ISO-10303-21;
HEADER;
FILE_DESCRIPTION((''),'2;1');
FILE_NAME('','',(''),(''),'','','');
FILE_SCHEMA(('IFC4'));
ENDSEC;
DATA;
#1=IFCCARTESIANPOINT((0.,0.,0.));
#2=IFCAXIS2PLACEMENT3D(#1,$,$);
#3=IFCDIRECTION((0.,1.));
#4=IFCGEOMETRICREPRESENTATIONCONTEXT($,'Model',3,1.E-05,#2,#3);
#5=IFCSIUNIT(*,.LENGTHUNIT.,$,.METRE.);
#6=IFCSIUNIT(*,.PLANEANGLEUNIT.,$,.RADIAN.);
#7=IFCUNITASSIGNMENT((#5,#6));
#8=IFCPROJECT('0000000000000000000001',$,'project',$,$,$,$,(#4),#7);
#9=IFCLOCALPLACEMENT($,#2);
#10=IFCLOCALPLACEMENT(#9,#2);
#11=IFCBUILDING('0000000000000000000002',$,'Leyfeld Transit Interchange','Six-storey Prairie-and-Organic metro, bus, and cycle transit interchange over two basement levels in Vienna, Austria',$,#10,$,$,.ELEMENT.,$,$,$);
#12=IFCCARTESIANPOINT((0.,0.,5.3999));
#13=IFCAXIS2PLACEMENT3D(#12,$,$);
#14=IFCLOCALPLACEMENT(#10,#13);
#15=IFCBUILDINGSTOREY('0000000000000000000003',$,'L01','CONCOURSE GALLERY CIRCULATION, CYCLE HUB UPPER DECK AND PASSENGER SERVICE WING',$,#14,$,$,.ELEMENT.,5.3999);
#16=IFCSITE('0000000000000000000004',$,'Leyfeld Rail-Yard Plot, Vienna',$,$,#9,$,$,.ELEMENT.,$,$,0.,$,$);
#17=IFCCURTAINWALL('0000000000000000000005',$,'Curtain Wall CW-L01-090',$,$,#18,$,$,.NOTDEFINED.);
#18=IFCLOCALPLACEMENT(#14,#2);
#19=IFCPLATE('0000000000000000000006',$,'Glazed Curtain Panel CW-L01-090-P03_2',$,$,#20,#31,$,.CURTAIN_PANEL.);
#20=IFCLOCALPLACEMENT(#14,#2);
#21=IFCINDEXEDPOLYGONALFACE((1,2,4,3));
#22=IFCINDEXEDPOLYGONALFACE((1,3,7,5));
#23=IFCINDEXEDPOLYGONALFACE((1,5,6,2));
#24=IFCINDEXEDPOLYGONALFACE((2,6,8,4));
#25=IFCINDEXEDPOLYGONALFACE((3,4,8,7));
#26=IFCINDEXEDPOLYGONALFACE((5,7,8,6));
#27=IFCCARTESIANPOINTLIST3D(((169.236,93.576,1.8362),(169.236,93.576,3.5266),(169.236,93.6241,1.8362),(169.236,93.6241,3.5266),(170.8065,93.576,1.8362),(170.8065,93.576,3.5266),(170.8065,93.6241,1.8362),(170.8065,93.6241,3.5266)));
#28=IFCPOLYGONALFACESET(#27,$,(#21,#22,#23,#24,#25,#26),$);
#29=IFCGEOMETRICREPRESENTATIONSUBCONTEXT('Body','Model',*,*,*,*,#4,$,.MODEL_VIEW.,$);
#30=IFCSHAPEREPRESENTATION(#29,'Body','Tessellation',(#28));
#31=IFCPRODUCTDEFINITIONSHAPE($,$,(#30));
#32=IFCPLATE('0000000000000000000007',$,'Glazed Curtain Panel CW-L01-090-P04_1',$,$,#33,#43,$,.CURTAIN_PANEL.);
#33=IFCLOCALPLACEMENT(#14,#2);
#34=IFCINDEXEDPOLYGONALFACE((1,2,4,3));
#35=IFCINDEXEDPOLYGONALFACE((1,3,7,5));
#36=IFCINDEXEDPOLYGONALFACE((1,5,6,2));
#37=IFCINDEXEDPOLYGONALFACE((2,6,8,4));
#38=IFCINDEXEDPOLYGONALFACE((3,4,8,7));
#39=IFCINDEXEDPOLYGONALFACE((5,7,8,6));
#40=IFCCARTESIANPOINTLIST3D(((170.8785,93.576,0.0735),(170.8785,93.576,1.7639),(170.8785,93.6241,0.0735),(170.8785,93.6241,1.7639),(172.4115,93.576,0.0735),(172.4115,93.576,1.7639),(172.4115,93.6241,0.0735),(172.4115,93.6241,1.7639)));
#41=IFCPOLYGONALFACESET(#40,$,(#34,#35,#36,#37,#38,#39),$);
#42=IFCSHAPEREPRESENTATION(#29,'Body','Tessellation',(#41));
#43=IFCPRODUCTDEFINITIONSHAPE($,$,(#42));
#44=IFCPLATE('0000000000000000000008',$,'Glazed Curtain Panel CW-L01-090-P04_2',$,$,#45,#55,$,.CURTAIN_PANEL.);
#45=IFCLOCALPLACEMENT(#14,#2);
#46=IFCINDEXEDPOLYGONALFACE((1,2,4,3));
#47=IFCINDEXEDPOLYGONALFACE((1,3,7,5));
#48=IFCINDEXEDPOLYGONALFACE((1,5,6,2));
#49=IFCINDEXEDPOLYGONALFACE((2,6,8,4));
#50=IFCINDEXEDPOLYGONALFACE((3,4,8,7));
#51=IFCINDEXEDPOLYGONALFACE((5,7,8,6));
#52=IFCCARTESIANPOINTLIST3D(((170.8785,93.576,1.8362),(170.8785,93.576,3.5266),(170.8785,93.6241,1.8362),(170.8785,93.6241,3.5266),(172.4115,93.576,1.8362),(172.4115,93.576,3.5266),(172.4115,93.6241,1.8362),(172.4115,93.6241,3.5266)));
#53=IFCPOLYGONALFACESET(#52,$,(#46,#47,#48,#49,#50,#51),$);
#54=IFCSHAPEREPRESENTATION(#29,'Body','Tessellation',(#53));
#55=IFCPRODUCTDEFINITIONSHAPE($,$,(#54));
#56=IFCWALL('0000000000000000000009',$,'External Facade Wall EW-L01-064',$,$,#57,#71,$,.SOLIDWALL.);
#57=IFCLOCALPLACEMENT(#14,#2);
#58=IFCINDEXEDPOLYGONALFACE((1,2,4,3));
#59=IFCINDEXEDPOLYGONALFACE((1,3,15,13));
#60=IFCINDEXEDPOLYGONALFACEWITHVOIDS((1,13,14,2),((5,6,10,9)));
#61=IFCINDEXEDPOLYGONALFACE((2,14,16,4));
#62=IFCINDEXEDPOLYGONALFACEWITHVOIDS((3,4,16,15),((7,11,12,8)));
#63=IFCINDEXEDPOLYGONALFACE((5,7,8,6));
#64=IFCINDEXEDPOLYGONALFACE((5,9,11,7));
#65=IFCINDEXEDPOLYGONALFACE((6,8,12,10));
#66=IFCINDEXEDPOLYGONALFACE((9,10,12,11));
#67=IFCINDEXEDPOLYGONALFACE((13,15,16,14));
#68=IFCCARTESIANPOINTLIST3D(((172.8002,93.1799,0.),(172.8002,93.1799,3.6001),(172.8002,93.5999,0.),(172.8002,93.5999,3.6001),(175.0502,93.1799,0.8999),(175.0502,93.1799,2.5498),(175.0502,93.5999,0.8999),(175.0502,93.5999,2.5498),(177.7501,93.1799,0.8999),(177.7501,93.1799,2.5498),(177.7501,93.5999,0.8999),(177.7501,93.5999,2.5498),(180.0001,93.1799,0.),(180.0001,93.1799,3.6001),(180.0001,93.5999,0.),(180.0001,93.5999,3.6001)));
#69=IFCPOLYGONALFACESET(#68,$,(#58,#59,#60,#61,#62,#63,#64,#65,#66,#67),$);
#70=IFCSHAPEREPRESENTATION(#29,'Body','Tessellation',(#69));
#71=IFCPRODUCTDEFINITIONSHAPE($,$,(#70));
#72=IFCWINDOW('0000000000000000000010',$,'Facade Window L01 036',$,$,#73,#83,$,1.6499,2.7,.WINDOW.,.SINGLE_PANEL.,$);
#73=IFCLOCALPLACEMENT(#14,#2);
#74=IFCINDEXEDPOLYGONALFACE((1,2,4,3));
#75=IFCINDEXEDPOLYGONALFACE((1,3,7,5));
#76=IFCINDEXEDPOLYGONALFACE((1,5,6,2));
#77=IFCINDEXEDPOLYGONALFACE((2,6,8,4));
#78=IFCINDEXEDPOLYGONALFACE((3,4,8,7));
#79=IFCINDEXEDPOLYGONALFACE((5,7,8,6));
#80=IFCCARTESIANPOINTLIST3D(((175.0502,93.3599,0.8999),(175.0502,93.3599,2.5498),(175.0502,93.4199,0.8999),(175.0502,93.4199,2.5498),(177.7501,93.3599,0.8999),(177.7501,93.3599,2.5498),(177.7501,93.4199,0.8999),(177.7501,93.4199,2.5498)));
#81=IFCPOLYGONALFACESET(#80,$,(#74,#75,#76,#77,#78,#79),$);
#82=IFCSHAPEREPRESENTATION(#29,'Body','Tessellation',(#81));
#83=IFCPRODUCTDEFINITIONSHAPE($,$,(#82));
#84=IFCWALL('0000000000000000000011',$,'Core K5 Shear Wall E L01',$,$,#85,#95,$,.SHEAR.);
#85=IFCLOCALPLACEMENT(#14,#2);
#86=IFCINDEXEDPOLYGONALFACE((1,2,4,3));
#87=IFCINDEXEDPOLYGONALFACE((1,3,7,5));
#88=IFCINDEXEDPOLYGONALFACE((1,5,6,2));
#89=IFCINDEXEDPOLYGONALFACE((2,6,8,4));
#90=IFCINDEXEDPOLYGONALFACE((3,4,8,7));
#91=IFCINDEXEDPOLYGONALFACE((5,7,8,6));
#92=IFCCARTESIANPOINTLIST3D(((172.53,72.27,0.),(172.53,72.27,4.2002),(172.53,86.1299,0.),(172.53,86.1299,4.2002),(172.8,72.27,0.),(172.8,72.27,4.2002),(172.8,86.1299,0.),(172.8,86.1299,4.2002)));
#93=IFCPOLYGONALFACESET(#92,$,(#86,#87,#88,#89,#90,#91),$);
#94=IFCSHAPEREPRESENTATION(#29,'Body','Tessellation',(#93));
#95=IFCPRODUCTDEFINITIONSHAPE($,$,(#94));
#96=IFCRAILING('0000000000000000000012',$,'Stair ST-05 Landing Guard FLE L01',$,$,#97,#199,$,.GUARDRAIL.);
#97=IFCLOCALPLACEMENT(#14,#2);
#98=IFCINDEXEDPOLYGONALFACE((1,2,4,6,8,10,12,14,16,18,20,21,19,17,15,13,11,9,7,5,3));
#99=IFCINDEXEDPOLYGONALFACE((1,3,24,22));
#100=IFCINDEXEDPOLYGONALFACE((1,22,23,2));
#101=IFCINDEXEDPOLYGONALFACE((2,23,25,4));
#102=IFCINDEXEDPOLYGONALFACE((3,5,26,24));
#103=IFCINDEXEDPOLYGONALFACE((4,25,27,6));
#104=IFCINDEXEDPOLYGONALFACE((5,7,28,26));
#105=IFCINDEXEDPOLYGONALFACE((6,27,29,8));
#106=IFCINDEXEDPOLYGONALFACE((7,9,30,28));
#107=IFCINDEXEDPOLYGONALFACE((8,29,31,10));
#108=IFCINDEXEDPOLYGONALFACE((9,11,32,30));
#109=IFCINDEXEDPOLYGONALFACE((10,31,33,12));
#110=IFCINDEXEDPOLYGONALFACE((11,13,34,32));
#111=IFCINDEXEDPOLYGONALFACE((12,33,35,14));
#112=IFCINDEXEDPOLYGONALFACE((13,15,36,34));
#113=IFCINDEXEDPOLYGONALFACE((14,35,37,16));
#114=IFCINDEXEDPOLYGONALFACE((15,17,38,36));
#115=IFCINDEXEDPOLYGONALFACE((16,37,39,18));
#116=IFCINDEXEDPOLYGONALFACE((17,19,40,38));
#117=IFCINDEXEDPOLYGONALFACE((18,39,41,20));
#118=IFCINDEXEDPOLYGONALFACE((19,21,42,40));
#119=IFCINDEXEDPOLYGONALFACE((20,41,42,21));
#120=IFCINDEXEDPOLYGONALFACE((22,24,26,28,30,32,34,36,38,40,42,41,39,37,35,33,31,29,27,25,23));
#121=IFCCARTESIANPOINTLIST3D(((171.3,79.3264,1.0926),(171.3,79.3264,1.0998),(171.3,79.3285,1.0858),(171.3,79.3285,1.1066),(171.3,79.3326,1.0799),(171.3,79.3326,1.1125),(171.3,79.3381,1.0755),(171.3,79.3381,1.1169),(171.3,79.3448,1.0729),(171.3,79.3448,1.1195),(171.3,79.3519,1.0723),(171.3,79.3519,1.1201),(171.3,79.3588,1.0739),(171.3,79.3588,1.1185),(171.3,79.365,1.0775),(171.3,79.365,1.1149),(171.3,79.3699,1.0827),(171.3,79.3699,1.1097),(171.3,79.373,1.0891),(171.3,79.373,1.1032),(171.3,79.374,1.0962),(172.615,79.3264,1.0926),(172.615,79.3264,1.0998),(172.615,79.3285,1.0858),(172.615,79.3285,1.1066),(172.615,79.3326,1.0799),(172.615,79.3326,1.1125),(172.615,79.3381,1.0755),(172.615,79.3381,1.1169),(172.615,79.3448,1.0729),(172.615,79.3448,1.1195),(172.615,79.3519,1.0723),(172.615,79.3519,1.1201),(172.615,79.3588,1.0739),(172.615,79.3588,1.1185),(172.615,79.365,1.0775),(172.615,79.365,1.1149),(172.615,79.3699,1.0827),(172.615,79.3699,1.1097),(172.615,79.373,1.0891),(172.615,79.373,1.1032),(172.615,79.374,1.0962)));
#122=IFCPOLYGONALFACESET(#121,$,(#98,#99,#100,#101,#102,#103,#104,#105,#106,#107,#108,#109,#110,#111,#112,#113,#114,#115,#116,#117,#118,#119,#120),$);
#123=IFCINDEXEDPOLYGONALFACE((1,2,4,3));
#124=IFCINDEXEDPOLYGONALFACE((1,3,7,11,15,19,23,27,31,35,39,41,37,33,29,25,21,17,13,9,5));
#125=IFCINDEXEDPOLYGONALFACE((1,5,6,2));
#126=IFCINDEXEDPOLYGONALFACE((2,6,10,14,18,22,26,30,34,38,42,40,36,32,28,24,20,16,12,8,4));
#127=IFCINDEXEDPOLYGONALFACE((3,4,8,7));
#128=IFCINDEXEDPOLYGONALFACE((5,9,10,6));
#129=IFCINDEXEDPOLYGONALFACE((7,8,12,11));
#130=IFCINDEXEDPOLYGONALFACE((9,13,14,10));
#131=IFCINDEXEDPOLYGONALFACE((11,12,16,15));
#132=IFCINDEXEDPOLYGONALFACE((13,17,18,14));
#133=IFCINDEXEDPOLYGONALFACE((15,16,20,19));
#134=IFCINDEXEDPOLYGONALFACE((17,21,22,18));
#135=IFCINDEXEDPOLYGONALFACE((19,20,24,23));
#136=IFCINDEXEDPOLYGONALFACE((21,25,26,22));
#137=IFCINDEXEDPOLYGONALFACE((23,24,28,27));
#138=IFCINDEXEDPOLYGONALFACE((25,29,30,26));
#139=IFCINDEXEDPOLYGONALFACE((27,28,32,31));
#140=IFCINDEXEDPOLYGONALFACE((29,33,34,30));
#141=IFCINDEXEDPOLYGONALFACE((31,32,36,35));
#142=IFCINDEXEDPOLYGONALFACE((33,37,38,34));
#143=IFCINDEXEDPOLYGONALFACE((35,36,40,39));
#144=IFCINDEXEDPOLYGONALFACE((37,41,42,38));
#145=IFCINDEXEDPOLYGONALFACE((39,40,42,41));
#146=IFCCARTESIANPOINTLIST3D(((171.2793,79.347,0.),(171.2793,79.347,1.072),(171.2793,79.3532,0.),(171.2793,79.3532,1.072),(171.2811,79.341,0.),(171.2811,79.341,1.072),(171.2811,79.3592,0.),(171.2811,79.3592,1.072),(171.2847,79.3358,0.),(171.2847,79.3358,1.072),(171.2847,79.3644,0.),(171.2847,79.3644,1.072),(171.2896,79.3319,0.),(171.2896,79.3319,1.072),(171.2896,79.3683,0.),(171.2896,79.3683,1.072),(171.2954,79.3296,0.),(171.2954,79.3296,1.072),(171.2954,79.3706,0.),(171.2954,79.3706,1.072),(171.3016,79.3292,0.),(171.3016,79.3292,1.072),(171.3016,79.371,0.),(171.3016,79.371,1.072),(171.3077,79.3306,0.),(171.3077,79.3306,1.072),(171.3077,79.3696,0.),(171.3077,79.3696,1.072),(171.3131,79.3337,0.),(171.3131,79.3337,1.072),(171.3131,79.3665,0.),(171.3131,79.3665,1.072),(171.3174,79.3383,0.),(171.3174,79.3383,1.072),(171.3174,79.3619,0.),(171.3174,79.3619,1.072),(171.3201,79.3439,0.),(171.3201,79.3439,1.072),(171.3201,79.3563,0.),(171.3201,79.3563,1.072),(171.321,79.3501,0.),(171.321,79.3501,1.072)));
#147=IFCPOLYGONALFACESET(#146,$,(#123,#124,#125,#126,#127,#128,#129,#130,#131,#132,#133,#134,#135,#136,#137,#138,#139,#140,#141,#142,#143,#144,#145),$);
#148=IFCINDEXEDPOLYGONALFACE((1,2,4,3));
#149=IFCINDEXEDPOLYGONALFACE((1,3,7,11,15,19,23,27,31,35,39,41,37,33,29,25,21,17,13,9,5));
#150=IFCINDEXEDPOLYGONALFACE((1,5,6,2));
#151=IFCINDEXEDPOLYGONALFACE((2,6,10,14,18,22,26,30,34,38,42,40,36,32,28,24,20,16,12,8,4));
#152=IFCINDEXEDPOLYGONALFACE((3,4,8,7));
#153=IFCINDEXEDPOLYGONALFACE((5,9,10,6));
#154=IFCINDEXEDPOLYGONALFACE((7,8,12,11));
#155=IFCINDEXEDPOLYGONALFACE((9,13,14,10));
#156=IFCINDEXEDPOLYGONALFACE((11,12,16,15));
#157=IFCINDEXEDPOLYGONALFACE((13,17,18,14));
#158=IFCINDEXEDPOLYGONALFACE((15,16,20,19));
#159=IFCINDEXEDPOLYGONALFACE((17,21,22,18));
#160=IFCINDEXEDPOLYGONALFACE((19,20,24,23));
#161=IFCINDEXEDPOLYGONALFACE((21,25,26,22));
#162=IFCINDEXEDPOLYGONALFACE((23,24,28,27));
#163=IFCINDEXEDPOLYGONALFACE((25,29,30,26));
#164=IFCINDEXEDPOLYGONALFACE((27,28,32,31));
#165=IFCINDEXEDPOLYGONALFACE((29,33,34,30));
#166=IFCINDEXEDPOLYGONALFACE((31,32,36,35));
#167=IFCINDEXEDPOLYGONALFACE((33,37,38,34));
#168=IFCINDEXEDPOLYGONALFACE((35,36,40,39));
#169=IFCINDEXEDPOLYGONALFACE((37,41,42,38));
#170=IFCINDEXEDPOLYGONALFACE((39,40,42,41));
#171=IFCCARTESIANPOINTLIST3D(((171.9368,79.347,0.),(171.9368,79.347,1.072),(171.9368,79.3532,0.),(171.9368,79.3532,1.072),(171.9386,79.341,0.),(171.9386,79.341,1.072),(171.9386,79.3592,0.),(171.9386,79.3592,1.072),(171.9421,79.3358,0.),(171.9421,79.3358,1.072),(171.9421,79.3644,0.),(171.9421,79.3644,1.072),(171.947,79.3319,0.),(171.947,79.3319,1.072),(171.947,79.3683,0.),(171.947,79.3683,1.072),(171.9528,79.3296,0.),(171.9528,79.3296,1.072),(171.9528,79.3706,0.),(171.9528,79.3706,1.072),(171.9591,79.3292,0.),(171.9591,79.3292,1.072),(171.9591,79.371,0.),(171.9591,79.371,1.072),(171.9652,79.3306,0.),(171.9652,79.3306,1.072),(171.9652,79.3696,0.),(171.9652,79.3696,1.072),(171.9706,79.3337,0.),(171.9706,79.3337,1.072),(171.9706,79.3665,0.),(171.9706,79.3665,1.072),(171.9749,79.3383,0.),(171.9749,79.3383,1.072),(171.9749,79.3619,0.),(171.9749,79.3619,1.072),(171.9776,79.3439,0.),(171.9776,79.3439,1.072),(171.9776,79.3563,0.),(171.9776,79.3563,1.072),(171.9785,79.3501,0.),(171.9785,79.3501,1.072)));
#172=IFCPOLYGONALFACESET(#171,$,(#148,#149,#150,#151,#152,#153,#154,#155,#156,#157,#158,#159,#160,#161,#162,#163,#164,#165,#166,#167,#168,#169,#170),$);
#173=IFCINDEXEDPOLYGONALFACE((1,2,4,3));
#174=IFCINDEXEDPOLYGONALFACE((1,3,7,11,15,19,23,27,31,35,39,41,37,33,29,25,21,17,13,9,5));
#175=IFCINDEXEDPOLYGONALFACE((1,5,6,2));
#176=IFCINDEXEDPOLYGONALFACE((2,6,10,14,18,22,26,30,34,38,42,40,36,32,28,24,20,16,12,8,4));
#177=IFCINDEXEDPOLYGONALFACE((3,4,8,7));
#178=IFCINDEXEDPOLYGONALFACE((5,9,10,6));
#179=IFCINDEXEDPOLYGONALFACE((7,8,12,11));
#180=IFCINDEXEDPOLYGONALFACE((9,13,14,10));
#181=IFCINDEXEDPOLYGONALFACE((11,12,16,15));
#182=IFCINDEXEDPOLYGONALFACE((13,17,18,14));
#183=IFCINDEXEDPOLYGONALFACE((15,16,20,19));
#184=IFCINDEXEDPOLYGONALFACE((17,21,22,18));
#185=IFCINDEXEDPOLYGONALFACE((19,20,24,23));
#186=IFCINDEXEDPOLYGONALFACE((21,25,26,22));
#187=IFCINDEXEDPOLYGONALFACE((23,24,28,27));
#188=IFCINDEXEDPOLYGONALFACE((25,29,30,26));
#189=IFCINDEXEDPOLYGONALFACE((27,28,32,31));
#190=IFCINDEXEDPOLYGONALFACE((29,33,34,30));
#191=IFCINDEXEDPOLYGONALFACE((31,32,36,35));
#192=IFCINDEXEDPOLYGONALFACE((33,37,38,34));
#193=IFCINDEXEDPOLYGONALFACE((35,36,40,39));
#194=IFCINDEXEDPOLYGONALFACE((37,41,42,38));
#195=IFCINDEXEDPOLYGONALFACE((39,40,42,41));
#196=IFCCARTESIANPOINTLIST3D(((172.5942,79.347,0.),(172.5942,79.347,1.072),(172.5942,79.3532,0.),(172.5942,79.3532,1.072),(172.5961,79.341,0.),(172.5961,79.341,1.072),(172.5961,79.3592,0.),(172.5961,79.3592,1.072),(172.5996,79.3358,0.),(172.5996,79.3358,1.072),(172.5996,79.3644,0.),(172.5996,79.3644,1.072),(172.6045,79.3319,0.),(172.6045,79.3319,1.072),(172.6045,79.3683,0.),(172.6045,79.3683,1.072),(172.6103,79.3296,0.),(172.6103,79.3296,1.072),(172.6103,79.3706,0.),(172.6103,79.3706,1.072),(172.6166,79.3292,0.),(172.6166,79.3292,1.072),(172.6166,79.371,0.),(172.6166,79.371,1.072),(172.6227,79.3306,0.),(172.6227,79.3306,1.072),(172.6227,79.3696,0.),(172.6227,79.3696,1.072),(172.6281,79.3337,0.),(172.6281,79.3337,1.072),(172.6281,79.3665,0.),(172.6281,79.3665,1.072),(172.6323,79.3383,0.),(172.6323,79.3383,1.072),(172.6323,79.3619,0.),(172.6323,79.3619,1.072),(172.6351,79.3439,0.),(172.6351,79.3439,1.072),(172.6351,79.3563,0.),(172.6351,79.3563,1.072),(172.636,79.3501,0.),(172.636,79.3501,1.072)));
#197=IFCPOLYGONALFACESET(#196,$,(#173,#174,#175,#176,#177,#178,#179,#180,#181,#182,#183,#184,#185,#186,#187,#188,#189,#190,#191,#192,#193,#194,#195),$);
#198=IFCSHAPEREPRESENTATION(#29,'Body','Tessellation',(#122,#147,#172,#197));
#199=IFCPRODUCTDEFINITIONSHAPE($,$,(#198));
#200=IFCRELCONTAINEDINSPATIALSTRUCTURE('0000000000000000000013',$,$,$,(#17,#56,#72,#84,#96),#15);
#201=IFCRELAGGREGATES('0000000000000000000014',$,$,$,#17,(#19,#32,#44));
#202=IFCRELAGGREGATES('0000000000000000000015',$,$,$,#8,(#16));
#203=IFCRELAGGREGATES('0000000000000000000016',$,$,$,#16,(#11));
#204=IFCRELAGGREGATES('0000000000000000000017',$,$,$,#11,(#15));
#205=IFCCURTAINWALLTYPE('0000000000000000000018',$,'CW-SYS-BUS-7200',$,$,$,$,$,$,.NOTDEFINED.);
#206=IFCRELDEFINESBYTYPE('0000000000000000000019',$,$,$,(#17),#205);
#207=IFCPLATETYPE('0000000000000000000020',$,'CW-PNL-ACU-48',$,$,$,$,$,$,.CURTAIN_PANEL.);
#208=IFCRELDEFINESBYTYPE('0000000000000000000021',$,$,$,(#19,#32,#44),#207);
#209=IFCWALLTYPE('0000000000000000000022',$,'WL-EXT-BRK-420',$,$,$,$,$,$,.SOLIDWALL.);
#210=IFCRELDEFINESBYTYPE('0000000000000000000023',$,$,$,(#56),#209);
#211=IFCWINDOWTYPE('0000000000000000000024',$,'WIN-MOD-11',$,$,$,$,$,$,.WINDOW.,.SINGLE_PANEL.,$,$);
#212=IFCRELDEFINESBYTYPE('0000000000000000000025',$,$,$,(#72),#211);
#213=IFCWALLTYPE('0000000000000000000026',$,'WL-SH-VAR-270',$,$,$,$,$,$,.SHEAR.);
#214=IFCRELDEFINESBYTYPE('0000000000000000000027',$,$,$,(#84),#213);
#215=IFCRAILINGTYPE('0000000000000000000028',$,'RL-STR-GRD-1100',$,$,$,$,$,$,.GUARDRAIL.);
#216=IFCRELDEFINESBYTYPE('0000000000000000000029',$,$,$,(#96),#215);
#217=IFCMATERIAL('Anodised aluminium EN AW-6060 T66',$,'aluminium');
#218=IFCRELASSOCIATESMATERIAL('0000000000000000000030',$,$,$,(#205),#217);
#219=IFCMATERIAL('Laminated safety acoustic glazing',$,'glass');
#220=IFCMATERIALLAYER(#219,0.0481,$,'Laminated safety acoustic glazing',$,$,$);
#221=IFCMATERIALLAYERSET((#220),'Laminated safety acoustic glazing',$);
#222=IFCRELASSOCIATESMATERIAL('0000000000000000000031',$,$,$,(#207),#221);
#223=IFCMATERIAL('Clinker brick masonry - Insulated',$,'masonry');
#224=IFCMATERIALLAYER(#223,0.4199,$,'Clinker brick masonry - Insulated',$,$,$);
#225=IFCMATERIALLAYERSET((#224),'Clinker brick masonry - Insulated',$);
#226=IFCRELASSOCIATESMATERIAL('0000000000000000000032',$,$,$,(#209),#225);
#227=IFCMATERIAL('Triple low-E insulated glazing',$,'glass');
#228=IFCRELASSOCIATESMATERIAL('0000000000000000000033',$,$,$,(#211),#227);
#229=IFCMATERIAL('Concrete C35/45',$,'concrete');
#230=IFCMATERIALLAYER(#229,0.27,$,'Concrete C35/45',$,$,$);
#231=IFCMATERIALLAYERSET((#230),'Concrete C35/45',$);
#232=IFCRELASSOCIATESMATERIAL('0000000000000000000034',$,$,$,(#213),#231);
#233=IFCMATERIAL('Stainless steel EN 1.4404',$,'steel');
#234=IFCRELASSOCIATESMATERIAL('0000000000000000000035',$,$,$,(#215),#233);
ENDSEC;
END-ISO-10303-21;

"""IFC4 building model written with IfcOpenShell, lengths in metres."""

from ifc_helpers import new_model, si_unit, direction, frame, frame_2d, origin, origin_2d, place, context, subcontext, project, spatial, rectangle, circle, extrude, material, layer, layer_set, type_object, element, fill, aggregate, save


model = new_model("IFC4")

# Units and contexts
model_context = context("Model", 3, precision=1e-05, world=origin(), true_north=direction((0.0, 1.0)))
body_context = subcontext(model_context, "Body", "Model", "MODEL_VIEW")
ifc_project = project(units=[si_unit("LENGTHUNIT", "METRE"), si_unit("PLANEANGLEUNIT", "RADIAN")], contexts=[model_context])

# Site, building, storey
site_placement = place(None, origin())
site = spatial("IfcSite", under=ifc_project, at=site_placement, Name="Leyfeld Rail-Yard Plot, Vienna", CompositionType="ELEMENT", RefElevation=0.0)
building_placement = place(site_placement, origin())
building = spatial("IfcBuilding", under=site, at=building_placement, Name="Leyfeld Transit Interchange", Description="Six-storey Prairie-and-Organic metro, bus, and cycle transit interchange over two basement levels in Vienna, Austria", CompositionType="ELEMENT")
storey_placement = place(building_placement, frame((0.0, 0.0, 5.3999)))
storey = spatial("IfcBuildingStorey", under=building, at=storey_placement, Name="L01", Description="CONCOURSE GALLERY CIRCULATION, CYCLE HUB UPPER DECK AND PASSENGER SERVICE WING", CompositionType="ELEMENT", Elevation=5.3999)

# Shared definitions
ifc_material_1 = material(Name="Concrete C35/45", Category="concrete")

# Curtain wall, plates
ifc_material_2 = material(Name="Anodised aluminium EN AW-6060 T66", Category="aluminium")
curtain_wall_type = type_object("IfcCurtainWallType", Name="CW-SYS-BUS-7200", PredefinedType="NOTDEFINED", material=ifc_material_2)
curtain_wall_placement = place(storey_placement, origin())
curtain_wall = element("IfcCurtainWall", 1, at=curtain_wall_placement, inside=storey, type_object=curtain_wall_type, Name="Curtain Wall CW-L01-090", PredefinedType="NOTDEFINED")
ifc_material_3 = material(Name="Laminated safety acoustic glazing", Category="glass")
ifc_layer_1 = layer(ifc_material_3, 0.0481, Name="Laminated safety acoustic glazing")
ifc_layer_set_1 = layer_set([ifc_layer_1], Name="Laminated safety acoustic glazing")
plate_type = type_object("IfcPlateType", Name="CW-PNL-ACU-48", PredefinedType="CURTAIN_PANEL", material=ifc_layer_set_1)
plate_1_placement = place(storey_placement, frame((170.0212, 93.6001, 1.8362), z_axis=(0.0, 0.0, 1.0), x_axis=(1.0, 0.0, 0.0)))
plate_1 = element("IfcPlate", 2, at=plate_1_placement, type_object=plate_type, Name="Glazed Curtain Panel CW-L01-090-P03_2", PredefinedType="CURTAIN_PANEL", context=body_context, shape_type="SweptSolid", body=[
    extrude(rectangle(XDim=1.5706, YDim=0.0481, at=origin_2d()), origin(), (0.0, 0.0, 1.0), 1.6904),
])
plate_2_placement = place(storey_placement, frame((171.645, 93.6001, 0.0735), z_axis=(0.0, 0.0, 1.0), x_axis=(1.0, 0.0, 0.0)))
plate_2 = element("IfcPlate", 3, at=plate_2_placement, type_object=plate_type, Name="Glazed Curtain Panel CW-L01-090-P04_1", PredefinedType="CURTAIN_PANEL", context=body_context, shape_type="SweptSolid", body=[
    extrude(rectangle(XDim=1.533, YDim=0.0481, at=origin_2d()), origin(), (0.0, 0.0, 1.0), 1.6904),
])
plate_3_placement = place(storey_placement, frame((171.645, 93.6001, 1.8362), z_axis=(0.0, 0.0, 1.0), x_axis=(1.0, 0.0, 0.0)))
plate_3 = element("IfcPlate", 4, at=plate_3_placement, type_object=plate_type, Name="Glazed Curtain Panel CW-L01-090-P04_2", PredefinedType="CURTAIN_PANEL", context=body_context, shape_type="SweptSolid", body=[
    extrude(rectangle(XDim=1.533, YDim=0.0481, at=origin_2d()), origin(), (0.0, 0.0, 1.0), 1.6904),
])
aggregate(curtain_wall, [plate_1, plate_2, plate_3])

# Wall, opening, window
ifc_material_4 = material(Name="Clinker brick masonry - Insulated", Category="masonry")
ifc_layer_2 = layer(ifc_material_4, 0.4199, Name="Clinker brick masonry - Insulated")
ifc_layer_set_2 = layer_set([ifc_layer_2], Name="Clinker brick masonry - Insulated")
wall_type_1 = type_object("IfcWallType", Name="WL-EXT-BRK-420", PredefinedType="SOLIDWALL", material=ifc_layer_set_2)
wall_1_placement = place(storey_placement, frame((172.8, 93.3899, 0.0), z_axis=(0.0, 0.0, 1.0), x_axis=(1.0, 0.0, 0.0)))
wall_1 = element("IfcWall", 5, at=wall_1_placement, inside=storey, type_object=wall_type_1, Name="External Facade Wall EW-L01-064", PredefinedType="SOLIDWALL", context=body_context, shape_type="SweptSolid", body=[
    extrude(rectangle(XDim=7.2, YDim=0.4199, at=frame_2d((3.6001, 0.0))), origin(), (0.0, 0.0, 1.0), 3.6001),
])
opening_placement = place(wall_1_placement, frame((2.25, 0.0, 0.8999)))
opening = element("IfcOpeningElement", 6, at=opening_placement, cuts=wall_1, PredefinedType="OPENING", context=body_context, shape_type="SweptSolid", body=[
    extrude(rectangle(XDim=2.7, YDim=1.6499, at=frame_2d((1.3501, 0.825))), frame((0.0, 0.22, 0.0), z_axis=(0.0, -1.0, 0.0), x_axis=(1.0, 0.0, 0.0)), (0.0, 0.0, 1.0), 0.4399),
])
ifc_material_5 = material(Name="Triple low-E insulated glazing", Category="glass")
window_type = type_object("IfcWindowType", Name="WIN-MOD-11", PartitioningType="SINGLE_PANEL", PredefinedType="WINDOW", material=ifc_material_5)
window_placement = place(opening_placement, origin())
window = element("IfcWindow", 7, at=window_placement, inside=storey, type_object=window_type, Name="Facade Window L01 036", OverallHeight=1.6499, OverallWidth=2.7, PartitioningType="SINGLE_PANEL", PredefinedType="WINDOW", context=body_context, shape_type="SweptSolid", body=[
    extrude(rectangle(XDim=2.7, YDim=1.6499, at=frame_2d((1.3501, 0.825))), frame((0.0, 0.03, 0.0), z_axis=(0.0, -1.0, 0.0), x_axis=(1.0, 0.0, 0.0)), (0.0, 0.0, 1.0), 0.0601),
])
fill(opening, window)

# Wall
ifc_layer_3 = layer(ifc_material_1, 0.27, Name="Concrete C35/45")
ifc_layer_set_3 = layer_set([ifc_layer_3], Name="Concrete C35/45")
wall_type_2 = type_object("IfcWallType", Name="WL-SH-VAR-270", PredefinedType="SHEAR", material=ifc_layer_set_3)
wall_2_placement = place(storey_placement, frame((172.665, 86.1299, 0.0), z_axis=(0.0, 0.0, 1.0), x_axis=(0.0, -1.0, 0.0)))
element("IfcWall", 8, at=wall_2_placement, inside=storey, type_object=wall_type_2, Name="Core K5 Shear Wall E L01", PredefinedType="SHEAR", context=body_context, shape_type="SweptSolid", body=[
    extrude(rectangle(XDim=13.8599, YDim=0.27, at=frame_2d((6.9299, 0.0))), origin(), (0.0, 0.0, 1.0), 4.2002),
])

# Railing
ifc_material_6 = material(Name="Stainless steel EN 1.4404", Category="steel")
railing_type = type_object("IfcRailingType", Name="RL-STR-GRD-1100", PredefinedType="GUARDRAIL", material=ifc_material_6)
railing_placement = place(storey_placement, frame((171.3, 79.3501, 0.0)))
element("IfcRailing", 9, at=railing_placement, inside=storey, type_object=railing_type, Name="Stair ST-05 Landing Guard FLE L01", PredefinedType="GUARDRAIL", context=body_context, shape_type="SweptSolid", body=[
    extrude(circle(Radius=0.0239, at=origin_2d()), frame((0.0, 0.0, 1.0962), z_axis=(1.0, 0.0, 0.0), x_axis=(0.0, 1.0, 0.0)), (0.0, 0.0, 1.0), 1.3149),
    extrude(circle(Radius=0.021, at=origin_2d()), origin(), (0.0, 0.0, 1.0), 1.072),
    extrude(circle(Radius=0.021, at=origin_2d()), frame((0.6575, 0.0, 0.0)), (0.0, 0.0, 1.0), 1.072),
    extrude(circle(Radius=0.021, at=origin_2d()), frame((1.3149, 0.0, 0.0)), (0.0, 0.0, 1.0), 1.072),
])

save(model, "model.ifc")
